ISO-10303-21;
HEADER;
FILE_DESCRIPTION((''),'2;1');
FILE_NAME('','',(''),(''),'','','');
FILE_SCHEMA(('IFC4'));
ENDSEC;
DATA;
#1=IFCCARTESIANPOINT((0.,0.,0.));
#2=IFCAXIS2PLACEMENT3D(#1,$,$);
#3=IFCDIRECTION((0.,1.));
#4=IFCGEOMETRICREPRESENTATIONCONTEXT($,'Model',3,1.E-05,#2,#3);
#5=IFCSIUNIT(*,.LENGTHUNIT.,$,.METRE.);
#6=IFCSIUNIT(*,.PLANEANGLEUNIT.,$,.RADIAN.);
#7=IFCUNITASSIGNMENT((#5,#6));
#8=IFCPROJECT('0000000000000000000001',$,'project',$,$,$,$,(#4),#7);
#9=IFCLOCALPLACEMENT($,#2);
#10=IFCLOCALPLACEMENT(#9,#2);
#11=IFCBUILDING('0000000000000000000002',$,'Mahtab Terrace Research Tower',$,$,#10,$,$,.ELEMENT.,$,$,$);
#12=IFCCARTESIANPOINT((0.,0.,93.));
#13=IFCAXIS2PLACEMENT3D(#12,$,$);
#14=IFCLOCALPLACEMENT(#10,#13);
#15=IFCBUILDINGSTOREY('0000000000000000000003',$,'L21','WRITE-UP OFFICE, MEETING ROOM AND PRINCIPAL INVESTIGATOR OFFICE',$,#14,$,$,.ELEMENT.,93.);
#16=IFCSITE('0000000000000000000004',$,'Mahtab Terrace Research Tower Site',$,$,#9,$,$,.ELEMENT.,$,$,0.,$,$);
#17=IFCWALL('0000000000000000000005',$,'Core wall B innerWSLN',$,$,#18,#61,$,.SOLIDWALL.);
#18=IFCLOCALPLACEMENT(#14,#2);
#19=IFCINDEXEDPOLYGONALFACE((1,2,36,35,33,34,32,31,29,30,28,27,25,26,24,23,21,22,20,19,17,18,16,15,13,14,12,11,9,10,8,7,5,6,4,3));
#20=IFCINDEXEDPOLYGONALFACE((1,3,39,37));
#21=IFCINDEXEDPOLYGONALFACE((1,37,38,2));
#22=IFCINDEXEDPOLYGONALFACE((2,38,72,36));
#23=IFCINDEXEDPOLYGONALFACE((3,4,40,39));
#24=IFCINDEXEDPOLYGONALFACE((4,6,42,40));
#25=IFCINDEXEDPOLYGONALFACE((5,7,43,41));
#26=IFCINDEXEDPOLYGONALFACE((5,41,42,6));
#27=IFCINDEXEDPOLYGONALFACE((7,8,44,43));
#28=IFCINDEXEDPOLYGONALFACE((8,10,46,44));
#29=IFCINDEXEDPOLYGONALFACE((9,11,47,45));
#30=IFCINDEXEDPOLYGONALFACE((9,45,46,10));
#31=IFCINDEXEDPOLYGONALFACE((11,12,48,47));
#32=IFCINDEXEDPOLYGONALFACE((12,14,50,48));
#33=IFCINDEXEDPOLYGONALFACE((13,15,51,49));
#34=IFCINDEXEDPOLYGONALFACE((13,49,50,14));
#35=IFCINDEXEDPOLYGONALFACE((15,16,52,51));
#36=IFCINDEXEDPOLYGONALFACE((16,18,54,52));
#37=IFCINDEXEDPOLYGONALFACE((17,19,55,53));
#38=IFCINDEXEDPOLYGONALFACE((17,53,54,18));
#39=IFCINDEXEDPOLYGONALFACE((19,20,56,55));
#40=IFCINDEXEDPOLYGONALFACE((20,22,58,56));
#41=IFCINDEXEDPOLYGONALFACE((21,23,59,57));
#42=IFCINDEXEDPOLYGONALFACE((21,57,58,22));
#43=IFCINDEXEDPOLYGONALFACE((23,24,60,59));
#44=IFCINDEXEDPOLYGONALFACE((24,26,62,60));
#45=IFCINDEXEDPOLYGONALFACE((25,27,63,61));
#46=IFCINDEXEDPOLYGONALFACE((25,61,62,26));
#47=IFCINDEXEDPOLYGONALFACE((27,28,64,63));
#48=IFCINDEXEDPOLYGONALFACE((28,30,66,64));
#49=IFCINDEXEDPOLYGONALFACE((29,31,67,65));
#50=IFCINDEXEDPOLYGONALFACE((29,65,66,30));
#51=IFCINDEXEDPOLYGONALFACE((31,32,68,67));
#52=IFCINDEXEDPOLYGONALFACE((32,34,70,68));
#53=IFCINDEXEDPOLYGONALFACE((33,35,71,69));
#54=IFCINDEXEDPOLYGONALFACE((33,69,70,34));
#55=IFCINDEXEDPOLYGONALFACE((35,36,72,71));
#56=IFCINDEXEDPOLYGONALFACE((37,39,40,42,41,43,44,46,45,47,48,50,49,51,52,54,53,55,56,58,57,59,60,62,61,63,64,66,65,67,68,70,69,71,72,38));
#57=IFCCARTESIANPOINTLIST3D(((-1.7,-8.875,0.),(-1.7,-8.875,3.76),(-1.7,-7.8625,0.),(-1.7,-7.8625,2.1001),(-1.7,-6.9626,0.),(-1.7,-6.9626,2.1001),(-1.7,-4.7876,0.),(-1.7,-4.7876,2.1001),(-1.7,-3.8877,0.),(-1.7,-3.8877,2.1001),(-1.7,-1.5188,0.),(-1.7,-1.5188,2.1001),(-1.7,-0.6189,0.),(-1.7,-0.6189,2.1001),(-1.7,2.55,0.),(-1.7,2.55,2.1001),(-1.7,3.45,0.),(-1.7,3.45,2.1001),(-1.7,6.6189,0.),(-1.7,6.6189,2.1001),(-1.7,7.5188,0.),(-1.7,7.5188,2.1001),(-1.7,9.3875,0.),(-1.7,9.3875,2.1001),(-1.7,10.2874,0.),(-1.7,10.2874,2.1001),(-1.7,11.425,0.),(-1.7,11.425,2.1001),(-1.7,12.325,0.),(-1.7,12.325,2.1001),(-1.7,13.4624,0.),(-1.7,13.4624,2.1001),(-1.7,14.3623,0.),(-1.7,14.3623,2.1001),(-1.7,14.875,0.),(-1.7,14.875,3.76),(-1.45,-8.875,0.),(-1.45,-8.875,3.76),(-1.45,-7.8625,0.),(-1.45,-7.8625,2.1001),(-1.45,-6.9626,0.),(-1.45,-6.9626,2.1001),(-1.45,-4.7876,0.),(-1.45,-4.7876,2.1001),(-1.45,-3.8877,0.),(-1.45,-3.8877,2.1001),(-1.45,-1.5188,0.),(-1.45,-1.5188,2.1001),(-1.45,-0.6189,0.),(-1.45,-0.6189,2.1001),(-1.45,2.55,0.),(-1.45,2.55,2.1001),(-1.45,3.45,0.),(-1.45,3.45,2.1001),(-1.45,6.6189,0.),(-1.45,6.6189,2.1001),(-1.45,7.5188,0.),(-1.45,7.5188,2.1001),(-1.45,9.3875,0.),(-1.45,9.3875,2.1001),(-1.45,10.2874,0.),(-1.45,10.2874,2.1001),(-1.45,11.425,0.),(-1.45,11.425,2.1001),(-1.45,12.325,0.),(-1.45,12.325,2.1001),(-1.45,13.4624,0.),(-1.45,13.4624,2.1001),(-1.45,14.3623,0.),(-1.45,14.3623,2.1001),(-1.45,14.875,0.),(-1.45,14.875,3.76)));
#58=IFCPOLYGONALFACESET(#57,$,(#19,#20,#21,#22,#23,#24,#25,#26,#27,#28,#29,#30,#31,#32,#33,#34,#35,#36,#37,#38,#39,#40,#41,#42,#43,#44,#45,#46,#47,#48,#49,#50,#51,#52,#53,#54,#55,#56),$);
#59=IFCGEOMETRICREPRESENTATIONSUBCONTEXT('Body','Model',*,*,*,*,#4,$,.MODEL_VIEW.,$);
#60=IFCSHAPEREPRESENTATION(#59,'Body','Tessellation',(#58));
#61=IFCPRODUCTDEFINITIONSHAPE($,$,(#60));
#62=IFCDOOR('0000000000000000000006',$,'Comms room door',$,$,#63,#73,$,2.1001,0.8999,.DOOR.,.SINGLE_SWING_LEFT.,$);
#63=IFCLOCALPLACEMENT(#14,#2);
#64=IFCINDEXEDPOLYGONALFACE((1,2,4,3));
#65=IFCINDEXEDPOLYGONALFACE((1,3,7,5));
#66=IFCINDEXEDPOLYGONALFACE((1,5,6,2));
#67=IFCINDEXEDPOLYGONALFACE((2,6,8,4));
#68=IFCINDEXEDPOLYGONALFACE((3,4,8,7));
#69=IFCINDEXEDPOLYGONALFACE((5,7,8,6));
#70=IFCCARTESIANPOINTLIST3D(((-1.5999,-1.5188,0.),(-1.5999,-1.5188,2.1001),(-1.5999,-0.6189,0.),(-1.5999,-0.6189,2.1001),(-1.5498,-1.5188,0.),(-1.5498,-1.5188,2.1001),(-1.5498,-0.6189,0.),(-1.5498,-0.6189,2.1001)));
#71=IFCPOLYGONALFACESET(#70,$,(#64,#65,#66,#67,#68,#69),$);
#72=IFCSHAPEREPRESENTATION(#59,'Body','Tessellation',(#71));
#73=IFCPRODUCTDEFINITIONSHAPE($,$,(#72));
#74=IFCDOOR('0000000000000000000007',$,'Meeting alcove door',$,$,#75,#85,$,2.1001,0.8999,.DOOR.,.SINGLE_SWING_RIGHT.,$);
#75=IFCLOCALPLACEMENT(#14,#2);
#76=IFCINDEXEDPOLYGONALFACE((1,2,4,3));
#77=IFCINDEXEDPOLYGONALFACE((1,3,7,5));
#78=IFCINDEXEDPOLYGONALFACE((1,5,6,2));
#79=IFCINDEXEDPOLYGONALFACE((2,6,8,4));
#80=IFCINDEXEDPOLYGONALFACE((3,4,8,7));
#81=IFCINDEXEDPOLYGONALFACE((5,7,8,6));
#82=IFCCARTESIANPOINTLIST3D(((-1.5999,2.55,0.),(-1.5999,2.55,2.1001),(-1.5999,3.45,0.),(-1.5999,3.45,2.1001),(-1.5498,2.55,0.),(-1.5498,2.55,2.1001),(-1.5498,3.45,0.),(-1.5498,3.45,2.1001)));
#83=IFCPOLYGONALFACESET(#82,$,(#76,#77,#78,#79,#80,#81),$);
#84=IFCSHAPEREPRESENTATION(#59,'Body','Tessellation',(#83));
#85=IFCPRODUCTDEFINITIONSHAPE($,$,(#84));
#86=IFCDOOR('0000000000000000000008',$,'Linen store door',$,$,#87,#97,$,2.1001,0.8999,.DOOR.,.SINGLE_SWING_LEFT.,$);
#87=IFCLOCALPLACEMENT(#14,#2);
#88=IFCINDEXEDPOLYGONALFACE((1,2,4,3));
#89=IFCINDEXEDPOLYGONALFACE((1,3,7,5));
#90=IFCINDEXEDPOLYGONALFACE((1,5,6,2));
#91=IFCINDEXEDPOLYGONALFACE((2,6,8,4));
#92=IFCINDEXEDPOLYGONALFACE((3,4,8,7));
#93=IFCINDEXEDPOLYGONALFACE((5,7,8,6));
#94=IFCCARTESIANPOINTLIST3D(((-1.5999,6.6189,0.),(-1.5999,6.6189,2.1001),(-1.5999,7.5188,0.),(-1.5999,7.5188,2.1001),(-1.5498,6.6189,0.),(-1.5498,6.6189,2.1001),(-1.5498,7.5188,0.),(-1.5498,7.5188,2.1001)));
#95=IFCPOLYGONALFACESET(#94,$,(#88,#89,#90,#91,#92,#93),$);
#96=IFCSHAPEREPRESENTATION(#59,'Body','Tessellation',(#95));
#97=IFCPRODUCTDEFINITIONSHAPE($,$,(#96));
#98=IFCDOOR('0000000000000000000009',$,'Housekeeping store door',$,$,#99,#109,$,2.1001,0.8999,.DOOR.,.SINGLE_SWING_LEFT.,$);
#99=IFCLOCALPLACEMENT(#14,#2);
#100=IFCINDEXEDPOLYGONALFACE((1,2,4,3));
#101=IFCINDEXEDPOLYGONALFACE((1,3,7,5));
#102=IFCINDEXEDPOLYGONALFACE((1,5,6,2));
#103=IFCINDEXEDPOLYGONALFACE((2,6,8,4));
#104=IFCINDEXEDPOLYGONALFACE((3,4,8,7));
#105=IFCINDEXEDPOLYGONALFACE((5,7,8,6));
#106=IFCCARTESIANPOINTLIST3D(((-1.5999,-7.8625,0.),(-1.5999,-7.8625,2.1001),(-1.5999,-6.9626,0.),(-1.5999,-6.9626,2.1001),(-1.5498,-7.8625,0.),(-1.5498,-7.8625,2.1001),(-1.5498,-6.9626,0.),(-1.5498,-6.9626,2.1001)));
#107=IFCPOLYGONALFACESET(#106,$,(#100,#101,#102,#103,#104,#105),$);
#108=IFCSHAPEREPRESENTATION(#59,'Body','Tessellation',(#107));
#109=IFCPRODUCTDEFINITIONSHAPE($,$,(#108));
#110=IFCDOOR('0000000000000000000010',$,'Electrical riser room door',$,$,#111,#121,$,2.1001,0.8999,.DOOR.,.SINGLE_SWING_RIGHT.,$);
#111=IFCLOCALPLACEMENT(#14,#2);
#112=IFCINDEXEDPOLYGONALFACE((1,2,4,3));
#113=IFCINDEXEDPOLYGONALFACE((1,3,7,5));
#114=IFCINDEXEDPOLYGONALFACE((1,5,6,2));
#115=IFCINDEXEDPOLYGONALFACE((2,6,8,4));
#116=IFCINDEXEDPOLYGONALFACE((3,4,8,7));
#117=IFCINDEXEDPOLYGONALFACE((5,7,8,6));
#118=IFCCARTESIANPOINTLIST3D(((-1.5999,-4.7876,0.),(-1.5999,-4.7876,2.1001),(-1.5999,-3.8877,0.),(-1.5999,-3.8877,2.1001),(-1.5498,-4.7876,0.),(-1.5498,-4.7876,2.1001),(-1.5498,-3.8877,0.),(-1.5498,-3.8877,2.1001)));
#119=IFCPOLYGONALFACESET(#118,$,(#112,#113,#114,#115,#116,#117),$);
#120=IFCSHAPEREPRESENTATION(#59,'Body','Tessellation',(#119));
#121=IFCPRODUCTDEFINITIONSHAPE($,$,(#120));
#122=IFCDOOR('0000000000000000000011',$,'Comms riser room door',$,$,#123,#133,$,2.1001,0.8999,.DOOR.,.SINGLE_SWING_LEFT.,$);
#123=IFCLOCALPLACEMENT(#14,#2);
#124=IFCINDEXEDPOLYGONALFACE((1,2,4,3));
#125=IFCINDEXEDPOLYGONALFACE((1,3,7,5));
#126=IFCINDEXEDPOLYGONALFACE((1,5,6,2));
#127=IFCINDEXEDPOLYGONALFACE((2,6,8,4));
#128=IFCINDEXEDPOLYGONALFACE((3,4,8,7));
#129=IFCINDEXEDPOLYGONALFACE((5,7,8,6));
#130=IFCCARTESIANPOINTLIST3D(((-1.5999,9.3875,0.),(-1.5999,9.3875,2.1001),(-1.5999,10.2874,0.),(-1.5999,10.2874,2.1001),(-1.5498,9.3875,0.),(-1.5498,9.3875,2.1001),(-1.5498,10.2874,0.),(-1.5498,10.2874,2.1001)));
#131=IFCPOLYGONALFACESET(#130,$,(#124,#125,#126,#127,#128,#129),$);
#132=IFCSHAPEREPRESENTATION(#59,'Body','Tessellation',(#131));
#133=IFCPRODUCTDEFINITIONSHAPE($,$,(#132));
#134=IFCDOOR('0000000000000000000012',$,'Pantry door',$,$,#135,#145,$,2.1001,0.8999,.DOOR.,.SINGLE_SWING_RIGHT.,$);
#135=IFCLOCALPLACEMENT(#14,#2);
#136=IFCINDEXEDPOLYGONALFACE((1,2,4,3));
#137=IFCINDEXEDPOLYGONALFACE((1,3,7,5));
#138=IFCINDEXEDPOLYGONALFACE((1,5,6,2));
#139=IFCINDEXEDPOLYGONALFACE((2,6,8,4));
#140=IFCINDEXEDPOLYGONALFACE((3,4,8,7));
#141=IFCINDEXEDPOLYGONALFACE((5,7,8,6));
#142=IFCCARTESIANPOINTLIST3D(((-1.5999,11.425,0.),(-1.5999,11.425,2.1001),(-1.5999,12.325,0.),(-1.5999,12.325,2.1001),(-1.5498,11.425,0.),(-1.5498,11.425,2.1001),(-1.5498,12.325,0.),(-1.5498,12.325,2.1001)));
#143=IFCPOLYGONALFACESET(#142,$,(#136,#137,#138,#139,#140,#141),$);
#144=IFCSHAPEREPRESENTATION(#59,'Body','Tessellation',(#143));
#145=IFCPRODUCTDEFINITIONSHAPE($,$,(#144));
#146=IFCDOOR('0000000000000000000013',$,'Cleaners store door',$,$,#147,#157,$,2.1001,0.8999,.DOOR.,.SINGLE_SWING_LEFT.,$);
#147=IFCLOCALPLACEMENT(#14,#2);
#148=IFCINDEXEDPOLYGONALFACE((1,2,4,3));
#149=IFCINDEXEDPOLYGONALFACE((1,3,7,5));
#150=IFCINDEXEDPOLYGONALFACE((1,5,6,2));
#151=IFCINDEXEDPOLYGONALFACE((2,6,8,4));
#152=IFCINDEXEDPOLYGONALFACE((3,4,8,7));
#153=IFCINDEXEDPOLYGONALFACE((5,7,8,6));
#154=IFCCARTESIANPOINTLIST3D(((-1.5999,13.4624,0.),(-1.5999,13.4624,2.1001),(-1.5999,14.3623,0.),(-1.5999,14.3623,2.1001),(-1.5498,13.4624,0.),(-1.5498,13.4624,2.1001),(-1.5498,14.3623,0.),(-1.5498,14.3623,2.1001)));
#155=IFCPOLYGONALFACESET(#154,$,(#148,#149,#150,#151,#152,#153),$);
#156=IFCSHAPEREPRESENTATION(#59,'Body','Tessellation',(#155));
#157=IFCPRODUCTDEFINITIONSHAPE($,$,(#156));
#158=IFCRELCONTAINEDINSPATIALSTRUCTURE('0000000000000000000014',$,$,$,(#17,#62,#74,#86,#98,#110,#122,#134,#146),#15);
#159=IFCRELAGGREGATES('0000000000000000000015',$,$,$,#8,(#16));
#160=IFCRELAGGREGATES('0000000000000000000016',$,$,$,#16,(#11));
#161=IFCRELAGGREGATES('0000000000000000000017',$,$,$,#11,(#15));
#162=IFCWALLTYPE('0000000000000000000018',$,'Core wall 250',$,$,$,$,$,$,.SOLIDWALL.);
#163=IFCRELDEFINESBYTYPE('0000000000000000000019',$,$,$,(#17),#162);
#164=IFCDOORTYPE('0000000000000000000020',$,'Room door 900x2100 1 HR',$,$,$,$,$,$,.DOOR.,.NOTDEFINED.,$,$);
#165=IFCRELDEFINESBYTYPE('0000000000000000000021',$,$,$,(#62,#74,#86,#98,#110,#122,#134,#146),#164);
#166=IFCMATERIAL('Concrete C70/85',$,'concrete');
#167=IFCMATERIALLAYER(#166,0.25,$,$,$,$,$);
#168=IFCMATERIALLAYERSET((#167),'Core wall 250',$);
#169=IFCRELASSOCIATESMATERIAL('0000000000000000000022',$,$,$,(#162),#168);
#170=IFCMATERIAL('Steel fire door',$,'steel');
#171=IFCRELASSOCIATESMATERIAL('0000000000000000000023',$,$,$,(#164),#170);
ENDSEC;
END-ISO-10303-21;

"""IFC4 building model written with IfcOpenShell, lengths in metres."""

from ifc_helpers import new_model, si_unit, direction, frame, frame_2d, origin, place, context, subcontext, project, spatial, rectangle, extrude, material, layer, layer_set, type_object, element, fill, save


model = new_model("IFC4")

# Units and contexts
model_context = context("Model", 3, precision=1e-05, world=origin(), true_north=direction((0.0, 1.0)))
body_context = subcontext(model_context, "Body", "Model", "MODEL_VIEW")
ifc_project = project(units=[si_unit("LENGTHUNIT", "METRE"), si_unit("PLANEANGLEUNIT", "RADIAN")], contexts=[model_context])

# Site, building, storey
site_placement = place(None, origin())
site = spatial("IfcSite", under=ifc_project, at=site_placement, Name="Mahtab Terrace Research Tower Site", CompositionType="ELEMENT", RefElevation=0.0)
building_placement = place(site_placement, origin())
building = spatial("IfcBuilding", under=site, at=building_placement, Name="Mahtab Terrace Research Tower", CompositionType="ELEMENT")
storey_placement = place(building_placement, frame((0.0, 0.0, 93.0)))
storey = spatial("IfcBuildingStorey", under=building, at=storey_placement, Name="L21", Description="WRITE-UP OFFICE, MEETING ROOM AND PRINCIPAL INVESTIGATOR OFFICE", CompositionType="ELEMENT", Elevation=93.0)

# Wall, openings, doors
ifc_material_1 = material(Name="Concrete C70/85", Category="concrete")
ifc_layer_1 = layer(ifc_material_1, 0.25)
ifc_layer_set_1 = layer_set([ifc_layer_1], Name="Core wall 250")
wall_type = type_object("IfcWallType", Name="Core wall 250", PredefinedType="SOLIDWALL", material=ifc_layer_set_1)
wall_1_placement = place(storey_placement, frame((-1.575, -8.875, 0.0), z_axis=(0.0, 0.0, 1.0), x_axis=(0.0, 1.0, 0.0)))
wall_1 = element("IfcWall", 1, at=wall_1_placement, inside=storey, type_object=wall_type, Name="Core wall B innerWSLN", PredefinedType="SOLIDWALL", context=body_context, shape_type="SweptSolid", body=[
    extrude(rectangle(XDim=23.75, YDim=0.25, at=frame_2d((11.875, 0.0))), origin(), (0.0, 0.0, 1.0), 3.76),
])
opening_1_placement = place(wall_1_placement, frame((7.3562, 0.0, 0.0)))
opening_1 = element("IfcOpeningElement", 2, at=opening_1_placement, cuts=wall_1, PredefinedType="OPENING", context=body_context, shape_type="SweptSolid", body=[
    extrude(rectangle(XDim=0.8999, YDim=2.1001, at=frame_2d((0.45, 1.05))), frame((0.0, 0.135, 0.0), z_axis=(0.0, -1.0, 0.0), x_axis=(1.0, 0.0, 0.0)), (0.0, 0.0, 1.0), 0.27),
])
opening_2_placement = place(wall_1_placement, frame((11.425, 0.0, 0.0)))
opening_2 = element("IfcOpeningElement", 3, at=opening_2_placement, cuts=wall_1, PredefinedType="OPENING", context=body_context, shape_type="SweptSolid", body=[
    extrude(rectangle(XDim=0.8999, YDim=2.1001, at=frame_2d((0.45, 1.05))), frame((0.0, 0.135, 0.0), z_axis=(0.0, -1.0, 0.0), x_axis=(1.0, 0.0, 0.0)), (0.0, 0.0, 1.0), 0.27),
])
opening_3_placement = place(wall_1_placement, frame((15.4939, 0.0, 0.0)))
opening_3 = element("IfcOpeningElement", 4, at=opening_3_placement, cuts=wall_1, PredefinedType="OPENING", context=body_context, shape_type="SweptSolid", body=[
    extrude(rectangle(XDim=0.8999, YDim=2.1001, at=frame_2d((0.45, 1.05))), frame((0.0, 0.135, 0.0), z_axis=(0.0, -1.0, 0.0), x_axis=(1.0, 0.0, 0.0)), (0.0, 0.0, 1.0), 0.27),
])
opening_4_placement = place(wall_1_placement, frame((1.0125, 0.0, 0.0)))
opening_4 = element("IfcOpeningElement", 5, at=opening_4_placement, cuts=wall_1, PredefinedType="OPENING", context=body_context, shape_type="SweptSolid", body=[
    extrude(rectangle(XDim=0.8999, YDim=2.1001, at=frame_2d((0.45, 1.05))), frame((0.0, 0.135, 0.0), z_axis=(0.0, -1.0, 0.0), x_axis=(1.0, 0.0, 0.0)), (0.0, 0.0, 1.0), 0.27),
])
opening_5_placement = place(wall_1_placement, frame((4.0874, 0.0, 0.0)))
opening_5 = element("IfcOpeningElement", 6, at=opening_5_placement, cuts=wall_1, PredefinedType="OPENING", context=body_context, shape_type="SweptSolid", body=[
    extrude(rectangle(XDim=0.8999, YDim=2.1001, at=frame_2d((0.45, 1.05))), frame((0.0, 0.135, 0.0), z_axis=(0.0, -1.0, 0.0), x_axis=(1.0, 0.0, 0.0)), (0.0, 0.0, 1.0), 0.27),
])
opening_6_placement = place(wall_1_placement, frame((18.2625, 0.0, 0.0)))
opening_6 = element("IfcOpeningElement", 7, at=opening_6_placement, cuts=wall_1, PredefinedType="OPENING", context=body_context, shape_type="SweptSolid", body=[
    extrude(rectangle(XDim=0.8999, YDim=2.1001, at=frame_2d((0.45, 1.05))), frame((0.0, 0.135, 0.0), z_axis=(0.0, -1.0, 0.0), x_axis=(1.0, 0.0, 0.0)), (0.0, 0.0, 1.0), 0.27),
])
opening_7_placement = place(wall_1_placement, frame((20.3, 0.0, 0.0)))
opening_7 = element("IfcOpeningElement", 8, at=opening_7_placement, cuts=wall_1, PredefinedType="OPENING", context=body_context, shape_type="SweptSolid", body=[
    extrude(rectangle(XDim=0.8999, YDim=2.1001, at=frame_2d((0.45, 1.05))), frame((0.0, 0.135, 0.0), z_axis=(0.0, -1.0, 0.0), x_axis=(1.0, 0.0, 0.0)), (0.0, 0.0, 1.0), 0.27),
])
opening_8_placement = place(wall_1_placement, frame((22.3374, 0.0, 0.0)))
opening_8 = element("IfcOpeningElement", 9, at=opening_8_placement, cuts=wall_1, PredefinedType="OPENING", context=body_context, shape_type="SweptSolid", body=[
    extrude(rectangle(XDim=0.8999, YDim=2.1001, at=frame_2d((0.45, 1.05))), frame((0.0, 0.135, 0.0), z_axis=(0.0, -1.0, 0.0), x_axis=(1.0, 0.0, 0.0)), (0.0, 0.0, 1.0), 0.27),
])
ifc_material_2 = material(Name="Steel fire door", Category="steel")
door_type_1 = type_object("IfcDoorType", Name="Room door 900x2100 1 HR", OperationType="NOTDEFINED", PredefinedType="DOOR", material=ifc_material_2)
door_1_placement = place(opening_1_placement, origin())
door_1 = element("IfcDoor", 10, at=door_1_placement, inside=storey, type_object=door_type_1, Name="Comms room door", OperationType="SINGLE_SWING_LEFT", OverallHeight=2.1001, OverallWidth=0.8999, PredefinedType="DOOR", context=body_context, shape_type="SweptSolid", body=[
    extrude(rectangle(XDim=0.8999, YDim=2.1001, at=frame_2d((0.45, 1.05))), frame((0.0, 0.0249, 0.0), z_axis=(0.0, -1.0, 0.0), x_axis=(1.0, 0.0, 0.0)), (0.0, 0.0, 1.0), 0.05),
])
fill(opening_1, door_1)
door_2_placement = place(opening_2_placement, origin())
door_2 = element("IfcDoor", 11, at=door_2_placement, inside=storey, type_object=door_type_1, Name="Meeting alcove door", OperationType="SINGLE_SWING_RIGHT", OverallHeight=2.1001, OverallWidth=0.8999, PredefinedType="DOOR", context=body_context, shape_type="SweptSolid", body=[
    extrude(rectangle(XDim=0.8999, YDim=2.1001, at=frame_2d((0.45, 1.05))), frame((0.0, 0.0249, 0.0), z_axis=(0.0, -1.0, 0.0), x_axis=(1.0, 0.0, 0.0)), (0.0, 0.0, 1.0), 0.05),
])
fill(opening_2, door_2)
door_3_placement = place(opening_3_placement, origin())
door_3 = element("IfcDoor", 12, at=door_3_placement, inside=storey, type_object=door_type_1, Name="Linen store door", OperationType="SINGLE_SWING_LEFT", OverallHeight=2.1001, OverallWidth=0.8999, PredefinedType="DOOR", context=body_context, shape_type="SweptSolid", body=[
    extrude(rectangle(XDim=0.8999, YDim=2.1001, at=frame_2d((0.45, 1.05))), frame((0.0, 0.0249, 0.0), z_axis=(0.0, -1.0, 0.0), x_axis=(1.0, 0.0, 0.0)), (0.0, 0.0, 1.0), 0.05),
])
fill(opening_3, door_3)
door_4_placement = place(opening_4_placement, origin())
door_4 = element("IfcDoor", 13, at=door_4_placement, inside=storey, type_object=door_type_1, Name="Housekeeping store door", OperationType="SINGLE_SWING_LEFT", OverallHeight=2.1001, OverallWidth=0.8999, PredefinedType="DOOR", context=body_context, shape_type="SweptSolid", body=[
    extrude(rectangle(XDim=0.8999, YDim=2.1001, at=frame_2d((0.45, 1.05))), frame((0.0, 0.0249, 0.0), z_axis=(0.0, -1.0, 0.0), x_axis=(1.0, 0.0, 0.0)), (0.0, 0.0, 1.0), 0.05),
])
fill(opening_4, door_4)
door_5_placement = place(opening_5_placement, origin())
door_5 = element("IfcDoor", 14, at=door_5_placement, inside=storey, type_object=door_type_1, Name="Electrical riser room door", OperationType="SINGLE_SWING_RIGHT", OverallHeight=2.1001, OverallWidth=0.8999, PredefinedType="DOOR", context=body_context, shape_type="SweptSolid", body=[
    extrude(rectangle(XDim=0.8999, YDim=2.1001, at=frame_2d((0.45, 1.05))), frame((0.0, 0.0249, 0.0), z_axis=(0.0, -1.0, 0.0), x_axis=(1.0, 0.0, 0.0)), (0.0, 0.0, 1.0), 0.05),
])
fill(opening_5, door_5)
door_6_placement = place(opening_6_placement, origin())
door_6 = element("IfcDoor", 15, at=door_6_placement, inside=storey, type_object=door_type_1, Name="Comms riser room door", OperationType="SINGLE_SWING_LEFT", OverallHeight=2.1001, OverallWidth=0.8999, PredefinedType="DOOR", context=body_context, shape_type="SweptSolid", body=[
    extrude(rectangle(XDim=0.8999, YDim=2.1001, at=frame_2d((0.45, 1.05))), frame((0.0, 0.0249, 0.0), z_axis=(0.0, -1.0, 0.0), x_axis=(1.0, 0.0, 0.0)), (0.0, 0.0, 1.0), 0.05),
])
fill(opening_6, door_6)
door_7_placement = place(opening_7_placement, origin())
door_7 = element("IfcDoor", 16, at=door_7_placement, inside=storey, type_object=door_type_1, Name="Pantry door", OperationType="SINGLE_SWING_RIGHT", OverallHeight=2.1001, OverallWidth=0.8999, PredefinedType="DOOR", context=body_context, shape_type="SweptSolid", body=[
    extrude(rectangle(XDim=0.8999, YDim=2.1001, at=frame_2d((0.45, 1.05))), frame((0.0, 0.0249, 0.0), z_axis=(0.0, -1.0, 0.0), x_axis=(1.0, 0.0, 0.0)), (0.0, 0.0, 1.0), 0.05),
])
fill(opening_7, door_7)
door_8_placement = place(opening_8_placement, origin())
door_8 = element("IfcDoor", 17, at=door_8_placement, inside=storey, type_object=door_type_1, Name="Cleaners store door", OperationType="SINGLE_SWING_LEFT", OverallHeight=2.1001, OverallWidth=0.8999, PredefinedType="DOOR", context=body_context, shape_type="SweptSolid", body=[
    extrude(rectangle(XDim=0.8999, YDim=2.1001, at=frame_2d((0.45, 1.05))), frame((0.0, 0.0249, 0.0), z_axis=(0.0, -1.0, 0.0), x_axis=(1.0, 0.0, 0.0)), (0.0, 0.0, 1.0), 0.05),
])
fill(opening_8, door_8)

save(model, "model.ifc")
